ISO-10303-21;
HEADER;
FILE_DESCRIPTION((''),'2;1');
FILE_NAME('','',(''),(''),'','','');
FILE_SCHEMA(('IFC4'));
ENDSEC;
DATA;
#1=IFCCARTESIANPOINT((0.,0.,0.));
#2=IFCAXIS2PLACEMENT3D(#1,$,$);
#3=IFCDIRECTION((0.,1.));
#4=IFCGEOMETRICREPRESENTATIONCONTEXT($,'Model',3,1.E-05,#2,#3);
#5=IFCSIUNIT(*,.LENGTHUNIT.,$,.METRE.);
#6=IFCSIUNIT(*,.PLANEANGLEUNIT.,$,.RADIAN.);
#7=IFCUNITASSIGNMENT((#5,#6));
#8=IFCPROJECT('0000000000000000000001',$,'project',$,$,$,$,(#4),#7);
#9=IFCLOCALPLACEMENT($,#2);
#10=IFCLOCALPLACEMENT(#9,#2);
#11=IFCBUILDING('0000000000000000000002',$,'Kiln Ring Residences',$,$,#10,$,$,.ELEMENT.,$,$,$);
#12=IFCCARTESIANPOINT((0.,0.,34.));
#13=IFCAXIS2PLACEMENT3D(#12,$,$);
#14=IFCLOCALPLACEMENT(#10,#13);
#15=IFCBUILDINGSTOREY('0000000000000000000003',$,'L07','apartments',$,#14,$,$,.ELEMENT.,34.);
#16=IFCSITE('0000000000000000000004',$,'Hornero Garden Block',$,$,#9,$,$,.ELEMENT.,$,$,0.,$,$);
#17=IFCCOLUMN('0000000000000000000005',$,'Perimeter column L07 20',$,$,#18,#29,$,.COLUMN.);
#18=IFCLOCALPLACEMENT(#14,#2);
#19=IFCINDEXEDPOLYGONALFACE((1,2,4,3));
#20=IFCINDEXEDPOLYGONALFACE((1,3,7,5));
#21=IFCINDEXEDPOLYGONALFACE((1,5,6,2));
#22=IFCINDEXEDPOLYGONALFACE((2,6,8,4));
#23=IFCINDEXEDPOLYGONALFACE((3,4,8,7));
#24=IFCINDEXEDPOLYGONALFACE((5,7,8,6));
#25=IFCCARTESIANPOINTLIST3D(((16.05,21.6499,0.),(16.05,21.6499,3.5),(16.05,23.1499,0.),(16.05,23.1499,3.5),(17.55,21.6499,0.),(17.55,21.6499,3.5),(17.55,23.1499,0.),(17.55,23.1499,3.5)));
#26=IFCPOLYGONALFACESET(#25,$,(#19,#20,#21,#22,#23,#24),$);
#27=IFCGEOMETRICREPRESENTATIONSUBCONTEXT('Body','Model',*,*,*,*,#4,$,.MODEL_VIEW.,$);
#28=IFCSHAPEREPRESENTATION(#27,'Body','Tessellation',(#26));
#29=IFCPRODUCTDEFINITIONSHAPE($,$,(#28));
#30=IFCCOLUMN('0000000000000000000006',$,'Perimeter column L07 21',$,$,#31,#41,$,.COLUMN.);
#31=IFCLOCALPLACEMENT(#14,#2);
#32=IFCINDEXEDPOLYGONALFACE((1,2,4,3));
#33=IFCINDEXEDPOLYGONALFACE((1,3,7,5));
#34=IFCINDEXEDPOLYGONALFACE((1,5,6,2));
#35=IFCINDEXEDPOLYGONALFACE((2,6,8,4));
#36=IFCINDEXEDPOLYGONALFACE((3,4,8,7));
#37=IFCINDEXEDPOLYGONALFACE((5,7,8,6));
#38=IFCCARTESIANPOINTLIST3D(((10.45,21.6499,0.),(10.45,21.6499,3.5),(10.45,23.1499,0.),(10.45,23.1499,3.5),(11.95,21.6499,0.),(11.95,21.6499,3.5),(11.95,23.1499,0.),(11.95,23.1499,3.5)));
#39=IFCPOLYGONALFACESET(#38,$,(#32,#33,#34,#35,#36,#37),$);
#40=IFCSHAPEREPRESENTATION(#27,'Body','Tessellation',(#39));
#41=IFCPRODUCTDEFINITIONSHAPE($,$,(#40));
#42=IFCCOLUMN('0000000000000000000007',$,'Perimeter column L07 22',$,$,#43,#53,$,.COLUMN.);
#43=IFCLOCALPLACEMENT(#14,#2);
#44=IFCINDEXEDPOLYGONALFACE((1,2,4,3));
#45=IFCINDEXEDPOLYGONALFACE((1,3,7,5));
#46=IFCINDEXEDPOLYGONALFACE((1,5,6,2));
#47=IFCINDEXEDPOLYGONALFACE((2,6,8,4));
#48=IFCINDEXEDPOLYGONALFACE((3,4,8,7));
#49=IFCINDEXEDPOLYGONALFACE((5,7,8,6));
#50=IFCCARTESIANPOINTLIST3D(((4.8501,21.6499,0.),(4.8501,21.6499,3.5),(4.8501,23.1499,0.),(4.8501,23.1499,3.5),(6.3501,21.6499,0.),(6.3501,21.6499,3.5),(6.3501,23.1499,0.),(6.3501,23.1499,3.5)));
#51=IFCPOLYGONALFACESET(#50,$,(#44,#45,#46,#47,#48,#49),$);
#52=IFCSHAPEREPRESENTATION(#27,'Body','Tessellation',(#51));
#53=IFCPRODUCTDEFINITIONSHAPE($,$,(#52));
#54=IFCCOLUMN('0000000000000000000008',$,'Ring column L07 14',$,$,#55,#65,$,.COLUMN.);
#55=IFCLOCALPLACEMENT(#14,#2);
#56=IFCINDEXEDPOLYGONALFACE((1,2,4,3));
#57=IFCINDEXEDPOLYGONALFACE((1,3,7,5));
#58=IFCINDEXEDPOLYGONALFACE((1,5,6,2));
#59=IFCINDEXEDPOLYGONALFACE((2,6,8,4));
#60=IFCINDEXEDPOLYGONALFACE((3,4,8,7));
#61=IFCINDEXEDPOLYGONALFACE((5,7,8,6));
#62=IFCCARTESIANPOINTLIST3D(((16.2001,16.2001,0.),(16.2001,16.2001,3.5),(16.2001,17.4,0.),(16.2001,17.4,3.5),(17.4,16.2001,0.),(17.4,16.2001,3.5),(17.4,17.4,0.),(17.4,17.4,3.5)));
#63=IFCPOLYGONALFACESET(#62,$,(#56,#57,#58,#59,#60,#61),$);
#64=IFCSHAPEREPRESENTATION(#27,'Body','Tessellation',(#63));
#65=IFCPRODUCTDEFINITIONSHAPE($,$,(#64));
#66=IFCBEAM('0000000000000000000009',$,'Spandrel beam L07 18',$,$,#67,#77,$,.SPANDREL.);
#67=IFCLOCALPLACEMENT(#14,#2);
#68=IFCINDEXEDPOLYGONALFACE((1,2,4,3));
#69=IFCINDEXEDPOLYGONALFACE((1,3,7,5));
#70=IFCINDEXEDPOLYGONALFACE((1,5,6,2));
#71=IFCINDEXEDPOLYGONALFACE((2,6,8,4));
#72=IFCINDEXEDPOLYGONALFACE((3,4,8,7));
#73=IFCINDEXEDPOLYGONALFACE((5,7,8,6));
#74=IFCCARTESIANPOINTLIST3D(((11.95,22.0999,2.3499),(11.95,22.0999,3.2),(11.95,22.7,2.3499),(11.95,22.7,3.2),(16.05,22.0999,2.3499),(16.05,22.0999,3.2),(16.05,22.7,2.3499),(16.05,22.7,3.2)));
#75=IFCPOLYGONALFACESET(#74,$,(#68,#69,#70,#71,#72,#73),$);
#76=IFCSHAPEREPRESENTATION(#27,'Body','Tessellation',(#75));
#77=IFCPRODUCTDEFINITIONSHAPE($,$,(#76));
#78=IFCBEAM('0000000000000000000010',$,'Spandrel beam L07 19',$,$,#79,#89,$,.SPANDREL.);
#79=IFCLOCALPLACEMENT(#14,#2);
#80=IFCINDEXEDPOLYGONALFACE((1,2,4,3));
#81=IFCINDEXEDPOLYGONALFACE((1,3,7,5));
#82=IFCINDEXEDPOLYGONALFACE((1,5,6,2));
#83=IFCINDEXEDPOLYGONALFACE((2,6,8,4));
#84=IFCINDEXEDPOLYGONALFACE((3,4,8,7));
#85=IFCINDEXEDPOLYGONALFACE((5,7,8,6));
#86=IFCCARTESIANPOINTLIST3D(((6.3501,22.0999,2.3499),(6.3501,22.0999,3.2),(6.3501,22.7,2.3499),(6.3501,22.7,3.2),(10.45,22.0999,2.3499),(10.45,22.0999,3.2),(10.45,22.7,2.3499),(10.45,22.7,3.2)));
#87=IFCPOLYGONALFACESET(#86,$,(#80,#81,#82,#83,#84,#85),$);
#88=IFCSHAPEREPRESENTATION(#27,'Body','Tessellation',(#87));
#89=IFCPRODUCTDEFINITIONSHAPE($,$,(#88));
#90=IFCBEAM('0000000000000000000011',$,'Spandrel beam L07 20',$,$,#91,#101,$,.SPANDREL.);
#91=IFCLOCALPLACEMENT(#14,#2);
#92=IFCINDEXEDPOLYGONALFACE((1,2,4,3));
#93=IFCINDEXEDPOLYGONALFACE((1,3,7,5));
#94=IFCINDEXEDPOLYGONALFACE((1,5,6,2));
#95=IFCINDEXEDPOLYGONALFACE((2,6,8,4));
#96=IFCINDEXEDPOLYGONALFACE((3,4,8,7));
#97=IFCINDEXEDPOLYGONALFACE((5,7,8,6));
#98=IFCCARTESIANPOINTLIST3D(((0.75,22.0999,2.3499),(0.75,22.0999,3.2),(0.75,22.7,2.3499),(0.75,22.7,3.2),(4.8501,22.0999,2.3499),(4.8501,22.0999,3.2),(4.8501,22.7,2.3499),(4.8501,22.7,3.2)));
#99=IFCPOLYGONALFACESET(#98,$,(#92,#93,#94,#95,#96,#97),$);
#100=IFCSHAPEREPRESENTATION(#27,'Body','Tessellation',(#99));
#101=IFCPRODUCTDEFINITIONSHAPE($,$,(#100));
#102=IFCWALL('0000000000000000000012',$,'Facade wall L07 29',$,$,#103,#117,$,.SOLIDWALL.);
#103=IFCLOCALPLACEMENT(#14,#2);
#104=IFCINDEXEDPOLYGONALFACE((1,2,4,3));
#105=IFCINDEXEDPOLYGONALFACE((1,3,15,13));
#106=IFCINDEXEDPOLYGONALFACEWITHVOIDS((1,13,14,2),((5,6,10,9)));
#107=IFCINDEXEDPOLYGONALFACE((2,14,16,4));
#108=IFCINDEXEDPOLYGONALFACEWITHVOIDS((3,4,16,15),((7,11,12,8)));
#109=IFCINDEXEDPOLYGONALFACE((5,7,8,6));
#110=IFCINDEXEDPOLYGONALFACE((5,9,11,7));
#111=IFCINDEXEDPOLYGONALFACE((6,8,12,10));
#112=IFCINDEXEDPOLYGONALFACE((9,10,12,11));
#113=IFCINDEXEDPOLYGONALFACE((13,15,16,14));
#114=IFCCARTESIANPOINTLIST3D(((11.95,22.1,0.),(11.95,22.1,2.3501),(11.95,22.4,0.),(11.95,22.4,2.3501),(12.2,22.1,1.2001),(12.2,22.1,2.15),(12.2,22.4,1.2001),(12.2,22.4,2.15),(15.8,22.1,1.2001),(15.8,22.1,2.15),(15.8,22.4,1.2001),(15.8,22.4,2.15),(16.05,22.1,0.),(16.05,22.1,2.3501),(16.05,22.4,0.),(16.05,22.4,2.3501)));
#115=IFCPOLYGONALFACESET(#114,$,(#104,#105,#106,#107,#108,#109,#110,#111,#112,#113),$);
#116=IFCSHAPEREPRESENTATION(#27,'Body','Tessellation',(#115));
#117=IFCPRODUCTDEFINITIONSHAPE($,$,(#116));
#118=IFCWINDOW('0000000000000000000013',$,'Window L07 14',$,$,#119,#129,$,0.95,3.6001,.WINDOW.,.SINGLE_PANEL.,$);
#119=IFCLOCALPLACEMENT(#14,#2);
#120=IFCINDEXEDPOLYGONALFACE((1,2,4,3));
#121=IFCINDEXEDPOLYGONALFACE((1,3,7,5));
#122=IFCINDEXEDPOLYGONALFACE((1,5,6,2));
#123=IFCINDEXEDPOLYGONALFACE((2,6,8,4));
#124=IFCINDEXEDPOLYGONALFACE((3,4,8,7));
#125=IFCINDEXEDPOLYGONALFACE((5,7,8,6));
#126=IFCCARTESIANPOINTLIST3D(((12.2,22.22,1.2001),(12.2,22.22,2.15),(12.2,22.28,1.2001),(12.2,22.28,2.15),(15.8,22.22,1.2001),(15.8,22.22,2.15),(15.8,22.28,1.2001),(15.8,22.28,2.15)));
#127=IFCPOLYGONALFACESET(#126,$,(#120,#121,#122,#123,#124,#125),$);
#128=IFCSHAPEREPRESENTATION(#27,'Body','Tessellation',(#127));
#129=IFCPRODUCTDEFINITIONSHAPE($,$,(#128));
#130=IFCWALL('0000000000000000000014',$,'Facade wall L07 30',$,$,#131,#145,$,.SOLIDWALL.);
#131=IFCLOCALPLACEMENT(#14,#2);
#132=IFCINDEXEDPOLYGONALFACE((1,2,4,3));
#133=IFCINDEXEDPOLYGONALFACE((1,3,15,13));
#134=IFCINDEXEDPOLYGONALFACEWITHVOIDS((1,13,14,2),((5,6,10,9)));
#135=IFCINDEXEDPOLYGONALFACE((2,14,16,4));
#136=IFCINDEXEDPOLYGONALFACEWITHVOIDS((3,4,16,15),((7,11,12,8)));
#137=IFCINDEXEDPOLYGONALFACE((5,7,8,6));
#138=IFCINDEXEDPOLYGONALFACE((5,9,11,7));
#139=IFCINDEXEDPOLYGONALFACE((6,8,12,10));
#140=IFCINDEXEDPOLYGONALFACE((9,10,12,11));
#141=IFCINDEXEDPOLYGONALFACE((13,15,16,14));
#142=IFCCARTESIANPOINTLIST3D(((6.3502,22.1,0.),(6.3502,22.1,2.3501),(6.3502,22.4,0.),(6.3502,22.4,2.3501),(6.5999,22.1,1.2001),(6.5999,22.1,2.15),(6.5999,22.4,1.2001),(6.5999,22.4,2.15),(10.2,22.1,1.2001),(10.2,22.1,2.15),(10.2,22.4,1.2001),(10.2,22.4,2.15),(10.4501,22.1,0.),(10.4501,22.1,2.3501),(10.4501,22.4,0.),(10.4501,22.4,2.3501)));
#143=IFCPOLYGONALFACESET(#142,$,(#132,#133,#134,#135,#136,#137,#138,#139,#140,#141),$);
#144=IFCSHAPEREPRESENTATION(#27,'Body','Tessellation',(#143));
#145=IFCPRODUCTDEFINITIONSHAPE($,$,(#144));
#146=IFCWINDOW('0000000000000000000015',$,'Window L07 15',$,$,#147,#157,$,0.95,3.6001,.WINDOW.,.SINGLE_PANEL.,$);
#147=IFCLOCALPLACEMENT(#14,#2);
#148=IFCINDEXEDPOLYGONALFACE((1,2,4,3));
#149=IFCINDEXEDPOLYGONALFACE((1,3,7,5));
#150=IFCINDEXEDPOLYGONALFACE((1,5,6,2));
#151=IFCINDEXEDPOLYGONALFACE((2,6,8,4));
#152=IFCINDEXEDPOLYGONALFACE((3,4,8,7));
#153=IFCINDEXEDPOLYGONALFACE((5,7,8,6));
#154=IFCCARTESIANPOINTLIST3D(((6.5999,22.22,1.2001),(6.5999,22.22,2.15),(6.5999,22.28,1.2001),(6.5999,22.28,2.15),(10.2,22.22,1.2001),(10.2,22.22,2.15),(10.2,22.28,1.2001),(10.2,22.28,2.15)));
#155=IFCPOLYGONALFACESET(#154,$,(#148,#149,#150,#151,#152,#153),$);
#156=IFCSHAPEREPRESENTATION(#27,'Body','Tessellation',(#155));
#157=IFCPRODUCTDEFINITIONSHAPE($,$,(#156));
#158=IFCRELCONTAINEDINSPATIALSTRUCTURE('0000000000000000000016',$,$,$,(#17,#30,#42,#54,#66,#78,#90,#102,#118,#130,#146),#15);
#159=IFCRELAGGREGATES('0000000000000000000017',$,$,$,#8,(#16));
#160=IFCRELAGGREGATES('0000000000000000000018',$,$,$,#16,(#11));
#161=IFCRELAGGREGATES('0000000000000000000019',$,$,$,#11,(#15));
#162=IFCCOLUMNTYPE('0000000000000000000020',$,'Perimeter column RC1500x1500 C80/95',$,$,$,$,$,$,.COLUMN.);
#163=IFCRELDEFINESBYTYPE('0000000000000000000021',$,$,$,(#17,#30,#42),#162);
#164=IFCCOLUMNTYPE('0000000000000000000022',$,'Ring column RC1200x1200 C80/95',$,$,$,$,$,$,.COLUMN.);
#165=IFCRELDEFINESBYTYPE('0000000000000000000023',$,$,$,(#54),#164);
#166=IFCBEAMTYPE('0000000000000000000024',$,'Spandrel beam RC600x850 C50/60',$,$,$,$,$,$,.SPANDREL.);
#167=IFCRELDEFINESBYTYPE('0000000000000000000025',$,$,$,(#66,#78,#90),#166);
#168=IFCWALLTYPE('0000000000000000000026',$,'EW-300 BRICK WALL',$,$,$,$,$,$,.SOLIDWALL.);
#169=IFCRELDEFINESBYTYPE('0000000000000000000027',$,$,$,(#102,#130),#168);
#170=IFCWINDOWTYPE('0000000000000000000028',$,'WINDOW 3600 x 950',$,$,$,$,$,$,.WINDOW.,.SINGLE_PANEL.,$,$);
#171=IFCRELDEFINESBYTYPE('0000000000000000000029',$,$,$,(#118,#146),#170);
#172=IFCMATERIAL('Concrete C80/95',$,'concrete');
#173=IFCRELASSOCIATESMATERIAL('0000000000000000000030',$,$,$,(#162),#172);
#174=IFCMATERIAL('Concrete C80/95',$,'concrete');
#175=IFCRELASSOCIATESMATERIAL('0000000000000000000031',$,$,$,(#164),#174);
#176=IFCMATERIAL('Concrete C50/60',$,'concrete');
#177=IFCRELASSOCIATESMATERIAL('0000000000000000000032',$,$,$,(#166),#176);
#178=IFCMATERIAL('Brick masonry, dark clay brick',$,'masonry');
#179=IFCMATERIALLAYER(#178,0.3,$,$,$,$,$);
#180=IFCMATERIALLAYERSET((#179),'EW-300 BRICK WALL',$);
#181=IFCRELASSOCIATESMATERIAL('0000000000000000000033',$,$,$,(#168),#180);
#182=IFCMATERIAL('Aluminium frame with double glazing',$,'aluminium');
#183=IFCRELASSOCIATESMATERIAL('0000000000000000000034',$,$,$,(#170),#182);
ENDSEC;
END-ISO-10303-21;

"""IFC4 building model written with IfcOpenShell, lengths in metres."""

from ifc_helpers import new_model, si_unit, direction, frame, frame_2d, origin, origin_2d, place, context, subcontext, project, spatial, rectangle, extrude, material, layer, layer_set, material_profile, profile_set, type_object, element, fill, save


model = new_model("IFC4")

# Units and contexts
model_context = context("Model", 3, precision=1e-05, world=origin(), true_north=direction((0.0, 1.0)))
body_context = subcontext(model_context, "Body", "Model", "MODEL_VIEW")
ifc_project = project(units=[si_unit("LENGTHUNIT", "METRE"), si_unit("PLANEANGLEUNIT", "RADIAN")], contexts=[model_context])

# Site, building, storey
site_placement = place(None, origin())
site = spatial("IfcSite", under=ifc_project, at=site_placement, Name="Hornero Garden Block", CompositionType="ELEMENT", RefElevation=0.0)
building_placement = place(site_placement, origin())
building = spatial("IfcBuilding", under=site, at=building_placement, Name="Kiln Ring Residences", CompositionType="ELEMENT")
storey_placement = place(building_placement, frame((0.0, 0.0, 34.0)))
storey = spatial("IfcBuildingStorey", under=building, at=storey_placement, Name="L07", Description="apartments", CompositionType="ELEMENT", Elevation=34.0)

# Columns
ifc_material_1 = material(Name="Concrete C80/95", Category="concrete")
ifc_material_profile_1 = material_profile(ifc_material_1, rectangle(XDim=1.5, YDim=1.5, at=origin_2d()), Name="RC1500x1500")
ifc_profile_set_1 = profile_set([ifc_material_profile_1], Name="Concrete C80/95")
column_type_1 = type_object("IfcColumnType", Name="Perimeter column RC1500x1500 C80/95", PredefinedType="COLUMN", material=ifc_profile_set_1)
for number, where, z_axis, x_axis, name in (
    (1, (16.8, 22.3999, 0.0), (0.0, 0.0, 1.0), (1.0, 0.0, 0.0), "Perimeter column L07 20"),
    (2, (11.2, 22.3999, 0.0), (0.0, 0.0, 1.0), (1.0, 0.0, 0.0), "Perimeter column L07 21"),
    (3, (5.6001, 22.3999, 0.0), (0.0, 0.0, 1.0), (1.0, 0.0, 0.0), "Perimeter column L07 22"),
):
    element("IfcColumn", number, at=place(storey_placement, frame(where, z_axis=z_axis, x_axis=x_axis)), inside=storey, type_object=column_type_1, Name=name, PredefinedType="COLUMN", context=body_context, shape_type="SweptSolid", body=[
        extrude(rectangle(XDim=1.5, YDim=1.5, at=origin_2d()), origin(), (0.0, 0.0, 1.0), 3.5),
    ])
ifc_material_2 = material(Name="Concrete C80/95", Category="concrete")
ifc_material_profile_2 = material_profile(ifc_material_2, rectangle(XDim=1.2, YDim=1.2, at=origin_2d()), Name="RC1200x1200")
ifc_profile_set_2 = profile_set([ifc_material_profile_2], Name="Concrete C80/95")
column_type_2 = type_object("IfcColumnType", Name="Ring column RC1200x1200 C80/95", PredefinedType="COLUMN", material=ifc_profile_set_2)
column_placement = place(storey_placement, frame((16.8, 16.8, 0.0), z_axis=(0.0, 0.0, 1.0), x_axis=(1.0, 0.0, 0.0)))
element("IfcColumn", 4, at=column_placement, inside=storey, type_object=column_type_2, Name="Ring column L07 14", PredefinedType="COLUMN", context=body_context, shape_type="SweptSolid", body=[
    extrude(rectangle(XDim=1.2, YDim=1.2, at=origin_2d()), origin(), (0.0, 0.0, 1.0), 3.5),
])

# Beams
ifc_material_3 = material(Name="Concrete C50/60", Category="concrete")
ifc_material_profile_3 = material_profile(ifc_material_3, rectangle(XDim=0.6001, YDim=0.8501, at=origin_2d()), Name="RC600x850")
ifc_profile_set_3 = profile_set([ifc_material_profile_3], Name="Concrete C50/60")
beam_type = type_object("IfcBeamType", Name="Spandrel beam RC600x850 C50/60", PredefinedType="SPANDREL", material=ifc_profile_set_3)
beam_1_placement = place(storey_placement, frame((16.05, 22.3999, 2.7749), z_axis=(-1.0, 0.0, 0.0), x_axis=(0.0, -1.0, 0.0)))
element("IfcBeam", 5, at=beam_1_placement, inside=storey, type_object=beam_type, Name="Spandrel beam L07 18", PredefinedType="SPANDREL", context=body_context, shape_type="SweptSolid", body=[
    extrude(rectangle(XDim=0.6001, YDim=0.8501, at=origin_2d()), origin(), (0.0, 0.0, 1.0), 4.1001),
])
beam_2_placement = place(storey_placement, frame((10.45, 22.3999, 2.7749), z_axis=(-1.0, 0.0, 0.0), x_axis=(0.0, -1.0, 0.0)))
element("IfcBeam", 6, at=beam_2_placement, inside=storey, type_object=beam_type, Name="Spandrel beam L07 19", PredefinedType="SPANDREL", context=body_context, shape_type="SweptSolid", body=[
    extrude(rectangle(XDim=0.6001, YDim=0.8501, at=origin_2d()), origin(), (0.0, 0.0, 1.0), 4.0999),
])
beam_3_placement = place(storey_placement, frame((4.8501, 22.3999, 2.7749), z_axis=(-1.0, 0.0, 0.0), x_axis=(0.0, -1.0, 0.0)))
element("IfcBeam", 7, at=beam_3_placement, inside=storey, type_object=beam_type, Name="Spandrel beam L07 20", PredefinedType="SPANDREL", context=body_context, shape_type="SweptSolid", body=[
    extrude(rectangle(XDim=0.6001, YDim=0.8501, at=origin_2d()), origin(), (0.0, 0.0, 1.0), 4.1001),
])

# Walls, openings, windows
ifc_material_4 = material(Name="Brick masonry, dark clay brick", Category="masonry")
ifc_layer_1 = layer(ifc_material_4, 0.3)
ifc_layer_set_1 = layer_set([ifc_layer_1], Name="EW-300 BRICK WALL")
wall_type_1 = type_object("IfcWallType", Name="EW-300 BRICK WALL", PredefinedType="SOLIDWALL", material=ifc_layer_set_1)
wall_1_placement = place(storey_placement, frame((16.05, 22.25, 0.0), z_axis=(0.0, 0.0, 1.0), x_axis=(-1.0, 0.0, 0.0)))
wall_1 = element("IfcWall", 8, at=wall_1_placement, inside=storey, type_object=wall_type_1, Name="Facade wall L07 29", PredefinedType="SOLIDWALL", context=body_context, shape_type="SweptSolid", body=[
    extrude(rectangle(XDim=4.1001, YDim=0.3, at=frame_2d((2.05, 0.0))), origin(), (0.0, 0.0, 1.0), 2.3501),
])
opening_1_placement = place(wall_1_placement, frame((0.25, 0.0, 1.2)))
opening_1 = element("IfcOpeningElement", 9, at=opening_1_placement, cuts=wall_1, PredefinedType="OPENING", context=body_context, shape_type="SweptSolid", body=[
    extrude(rectangle(XDim=3.6001, YDim=0.95, at=frame_2d((1.8, 0.4751))), frame((0.0, 0.1599, 0.0), z_axis=(0.0, -1.0, 0.0), x_axis=(1.0, 0.0, 0.0)), (0.0, 0.0, 1.0), 0.3201),
])
ifc_material_5 = material(Name="Aluminium frame with double glazing", Category="aluminium")
window_type_1 = type_object("IfcWindowType", Name="WINDOW 3600 x 950", PartitioningType="SINGLE_PANEL", PredefinedType="WINDOW", material=ifc_material_5)
window_1_placement = place(opening_1_placement, origin())
window_1 = element("IfcWindow", 10, at=window_1_placement, inside=storey, type_object=window_type_1, Name="Window L07 14", OverallHeight=0.95, OverallWidth=3.6001, PartitioningType="SINGLE_PANEL", PredefinedType="WINDOW", context=body_context, shape_type="SweptSolid", body=[
    extrude(rectangle(XDim=3.6001, YDim=0.95, at=frame_2d((1.8, 0.4751))), frame((0.0, 0.03, 0.0), z_axis=(0.0, -1.0, 0.0), x_axis=(1.0, 0.0, 0.0)), (0.0, 0.0, 1.0), 0.0601),
])
fill(opening_1, window_1)
wall_2_placement = place(storey_placement, frame((10.45, 22.25, 0.0), z_axis=(0.0, 0.0, 1.0), x_axis=(-1.0, 0.0, 0.0)))
wall_2 = element("IfcWall", 11, at=wall_2_placement, inside=storey, type_object=wall_type_1, Name="Facade wall L07 30", PredefinedType="SOLIDWALL", context=body_context, shape_type="SweptSolid", body=[
    extrude(rectangle(XDim=4.0999, YDim=0.3, at=frame_2d((2.0498, 0.0))), origin(), (0.0, 0.0, 1.0), 2.3501),
])
opening_2_placement = place(wall_2_placement, frame((0.25, 0.0, 1.2)))
opening_2 = element("IfcOpeningElement", 12, at=opening_2_placement, cuts=wall_2, PredefinedType="OPENING", context=body_context, shape_type="SweptSolid", body=[
    extrude(rectangle(XDim=3.6001, YDim=0.95, at=frame_2d((1.8, 0.4751))), frame((0.0, 0.1599, 0.0), z_axis=(0.0, -1.0, 0.0), x_axis=(1.0, 0.0, 0.0)), (0.0, 0.0, 1.0), 0.3201),
])
window_2_placement = place(opening_2_placement, origin())
window_2 = element("IfcWindow", 13, at=window_2_placement, inside=storey, type_object=window_type_1, Name="Window L07 15", OverallHeight=0.95, OverallWidth=3.6001, PartitioningType="SINGLE_PANEL", PredefinedType="WINDOW", context=body_context, shape_type="SweptSolid", body=[
    extrude(rectangle(XDim=3.6001, YDim=0.95, at=frame_2d((1.8, 0.4751))), frame((0.0, 0.03, 0.0), z_axis=(0.0, -1.0, 0.0), x_axis=(1.0, 0.0, 0.0)), (0.0, 0.0, 1.0), 0.0601),
])
fill(opening_2, window_2)

save(model, "model.ifc")
